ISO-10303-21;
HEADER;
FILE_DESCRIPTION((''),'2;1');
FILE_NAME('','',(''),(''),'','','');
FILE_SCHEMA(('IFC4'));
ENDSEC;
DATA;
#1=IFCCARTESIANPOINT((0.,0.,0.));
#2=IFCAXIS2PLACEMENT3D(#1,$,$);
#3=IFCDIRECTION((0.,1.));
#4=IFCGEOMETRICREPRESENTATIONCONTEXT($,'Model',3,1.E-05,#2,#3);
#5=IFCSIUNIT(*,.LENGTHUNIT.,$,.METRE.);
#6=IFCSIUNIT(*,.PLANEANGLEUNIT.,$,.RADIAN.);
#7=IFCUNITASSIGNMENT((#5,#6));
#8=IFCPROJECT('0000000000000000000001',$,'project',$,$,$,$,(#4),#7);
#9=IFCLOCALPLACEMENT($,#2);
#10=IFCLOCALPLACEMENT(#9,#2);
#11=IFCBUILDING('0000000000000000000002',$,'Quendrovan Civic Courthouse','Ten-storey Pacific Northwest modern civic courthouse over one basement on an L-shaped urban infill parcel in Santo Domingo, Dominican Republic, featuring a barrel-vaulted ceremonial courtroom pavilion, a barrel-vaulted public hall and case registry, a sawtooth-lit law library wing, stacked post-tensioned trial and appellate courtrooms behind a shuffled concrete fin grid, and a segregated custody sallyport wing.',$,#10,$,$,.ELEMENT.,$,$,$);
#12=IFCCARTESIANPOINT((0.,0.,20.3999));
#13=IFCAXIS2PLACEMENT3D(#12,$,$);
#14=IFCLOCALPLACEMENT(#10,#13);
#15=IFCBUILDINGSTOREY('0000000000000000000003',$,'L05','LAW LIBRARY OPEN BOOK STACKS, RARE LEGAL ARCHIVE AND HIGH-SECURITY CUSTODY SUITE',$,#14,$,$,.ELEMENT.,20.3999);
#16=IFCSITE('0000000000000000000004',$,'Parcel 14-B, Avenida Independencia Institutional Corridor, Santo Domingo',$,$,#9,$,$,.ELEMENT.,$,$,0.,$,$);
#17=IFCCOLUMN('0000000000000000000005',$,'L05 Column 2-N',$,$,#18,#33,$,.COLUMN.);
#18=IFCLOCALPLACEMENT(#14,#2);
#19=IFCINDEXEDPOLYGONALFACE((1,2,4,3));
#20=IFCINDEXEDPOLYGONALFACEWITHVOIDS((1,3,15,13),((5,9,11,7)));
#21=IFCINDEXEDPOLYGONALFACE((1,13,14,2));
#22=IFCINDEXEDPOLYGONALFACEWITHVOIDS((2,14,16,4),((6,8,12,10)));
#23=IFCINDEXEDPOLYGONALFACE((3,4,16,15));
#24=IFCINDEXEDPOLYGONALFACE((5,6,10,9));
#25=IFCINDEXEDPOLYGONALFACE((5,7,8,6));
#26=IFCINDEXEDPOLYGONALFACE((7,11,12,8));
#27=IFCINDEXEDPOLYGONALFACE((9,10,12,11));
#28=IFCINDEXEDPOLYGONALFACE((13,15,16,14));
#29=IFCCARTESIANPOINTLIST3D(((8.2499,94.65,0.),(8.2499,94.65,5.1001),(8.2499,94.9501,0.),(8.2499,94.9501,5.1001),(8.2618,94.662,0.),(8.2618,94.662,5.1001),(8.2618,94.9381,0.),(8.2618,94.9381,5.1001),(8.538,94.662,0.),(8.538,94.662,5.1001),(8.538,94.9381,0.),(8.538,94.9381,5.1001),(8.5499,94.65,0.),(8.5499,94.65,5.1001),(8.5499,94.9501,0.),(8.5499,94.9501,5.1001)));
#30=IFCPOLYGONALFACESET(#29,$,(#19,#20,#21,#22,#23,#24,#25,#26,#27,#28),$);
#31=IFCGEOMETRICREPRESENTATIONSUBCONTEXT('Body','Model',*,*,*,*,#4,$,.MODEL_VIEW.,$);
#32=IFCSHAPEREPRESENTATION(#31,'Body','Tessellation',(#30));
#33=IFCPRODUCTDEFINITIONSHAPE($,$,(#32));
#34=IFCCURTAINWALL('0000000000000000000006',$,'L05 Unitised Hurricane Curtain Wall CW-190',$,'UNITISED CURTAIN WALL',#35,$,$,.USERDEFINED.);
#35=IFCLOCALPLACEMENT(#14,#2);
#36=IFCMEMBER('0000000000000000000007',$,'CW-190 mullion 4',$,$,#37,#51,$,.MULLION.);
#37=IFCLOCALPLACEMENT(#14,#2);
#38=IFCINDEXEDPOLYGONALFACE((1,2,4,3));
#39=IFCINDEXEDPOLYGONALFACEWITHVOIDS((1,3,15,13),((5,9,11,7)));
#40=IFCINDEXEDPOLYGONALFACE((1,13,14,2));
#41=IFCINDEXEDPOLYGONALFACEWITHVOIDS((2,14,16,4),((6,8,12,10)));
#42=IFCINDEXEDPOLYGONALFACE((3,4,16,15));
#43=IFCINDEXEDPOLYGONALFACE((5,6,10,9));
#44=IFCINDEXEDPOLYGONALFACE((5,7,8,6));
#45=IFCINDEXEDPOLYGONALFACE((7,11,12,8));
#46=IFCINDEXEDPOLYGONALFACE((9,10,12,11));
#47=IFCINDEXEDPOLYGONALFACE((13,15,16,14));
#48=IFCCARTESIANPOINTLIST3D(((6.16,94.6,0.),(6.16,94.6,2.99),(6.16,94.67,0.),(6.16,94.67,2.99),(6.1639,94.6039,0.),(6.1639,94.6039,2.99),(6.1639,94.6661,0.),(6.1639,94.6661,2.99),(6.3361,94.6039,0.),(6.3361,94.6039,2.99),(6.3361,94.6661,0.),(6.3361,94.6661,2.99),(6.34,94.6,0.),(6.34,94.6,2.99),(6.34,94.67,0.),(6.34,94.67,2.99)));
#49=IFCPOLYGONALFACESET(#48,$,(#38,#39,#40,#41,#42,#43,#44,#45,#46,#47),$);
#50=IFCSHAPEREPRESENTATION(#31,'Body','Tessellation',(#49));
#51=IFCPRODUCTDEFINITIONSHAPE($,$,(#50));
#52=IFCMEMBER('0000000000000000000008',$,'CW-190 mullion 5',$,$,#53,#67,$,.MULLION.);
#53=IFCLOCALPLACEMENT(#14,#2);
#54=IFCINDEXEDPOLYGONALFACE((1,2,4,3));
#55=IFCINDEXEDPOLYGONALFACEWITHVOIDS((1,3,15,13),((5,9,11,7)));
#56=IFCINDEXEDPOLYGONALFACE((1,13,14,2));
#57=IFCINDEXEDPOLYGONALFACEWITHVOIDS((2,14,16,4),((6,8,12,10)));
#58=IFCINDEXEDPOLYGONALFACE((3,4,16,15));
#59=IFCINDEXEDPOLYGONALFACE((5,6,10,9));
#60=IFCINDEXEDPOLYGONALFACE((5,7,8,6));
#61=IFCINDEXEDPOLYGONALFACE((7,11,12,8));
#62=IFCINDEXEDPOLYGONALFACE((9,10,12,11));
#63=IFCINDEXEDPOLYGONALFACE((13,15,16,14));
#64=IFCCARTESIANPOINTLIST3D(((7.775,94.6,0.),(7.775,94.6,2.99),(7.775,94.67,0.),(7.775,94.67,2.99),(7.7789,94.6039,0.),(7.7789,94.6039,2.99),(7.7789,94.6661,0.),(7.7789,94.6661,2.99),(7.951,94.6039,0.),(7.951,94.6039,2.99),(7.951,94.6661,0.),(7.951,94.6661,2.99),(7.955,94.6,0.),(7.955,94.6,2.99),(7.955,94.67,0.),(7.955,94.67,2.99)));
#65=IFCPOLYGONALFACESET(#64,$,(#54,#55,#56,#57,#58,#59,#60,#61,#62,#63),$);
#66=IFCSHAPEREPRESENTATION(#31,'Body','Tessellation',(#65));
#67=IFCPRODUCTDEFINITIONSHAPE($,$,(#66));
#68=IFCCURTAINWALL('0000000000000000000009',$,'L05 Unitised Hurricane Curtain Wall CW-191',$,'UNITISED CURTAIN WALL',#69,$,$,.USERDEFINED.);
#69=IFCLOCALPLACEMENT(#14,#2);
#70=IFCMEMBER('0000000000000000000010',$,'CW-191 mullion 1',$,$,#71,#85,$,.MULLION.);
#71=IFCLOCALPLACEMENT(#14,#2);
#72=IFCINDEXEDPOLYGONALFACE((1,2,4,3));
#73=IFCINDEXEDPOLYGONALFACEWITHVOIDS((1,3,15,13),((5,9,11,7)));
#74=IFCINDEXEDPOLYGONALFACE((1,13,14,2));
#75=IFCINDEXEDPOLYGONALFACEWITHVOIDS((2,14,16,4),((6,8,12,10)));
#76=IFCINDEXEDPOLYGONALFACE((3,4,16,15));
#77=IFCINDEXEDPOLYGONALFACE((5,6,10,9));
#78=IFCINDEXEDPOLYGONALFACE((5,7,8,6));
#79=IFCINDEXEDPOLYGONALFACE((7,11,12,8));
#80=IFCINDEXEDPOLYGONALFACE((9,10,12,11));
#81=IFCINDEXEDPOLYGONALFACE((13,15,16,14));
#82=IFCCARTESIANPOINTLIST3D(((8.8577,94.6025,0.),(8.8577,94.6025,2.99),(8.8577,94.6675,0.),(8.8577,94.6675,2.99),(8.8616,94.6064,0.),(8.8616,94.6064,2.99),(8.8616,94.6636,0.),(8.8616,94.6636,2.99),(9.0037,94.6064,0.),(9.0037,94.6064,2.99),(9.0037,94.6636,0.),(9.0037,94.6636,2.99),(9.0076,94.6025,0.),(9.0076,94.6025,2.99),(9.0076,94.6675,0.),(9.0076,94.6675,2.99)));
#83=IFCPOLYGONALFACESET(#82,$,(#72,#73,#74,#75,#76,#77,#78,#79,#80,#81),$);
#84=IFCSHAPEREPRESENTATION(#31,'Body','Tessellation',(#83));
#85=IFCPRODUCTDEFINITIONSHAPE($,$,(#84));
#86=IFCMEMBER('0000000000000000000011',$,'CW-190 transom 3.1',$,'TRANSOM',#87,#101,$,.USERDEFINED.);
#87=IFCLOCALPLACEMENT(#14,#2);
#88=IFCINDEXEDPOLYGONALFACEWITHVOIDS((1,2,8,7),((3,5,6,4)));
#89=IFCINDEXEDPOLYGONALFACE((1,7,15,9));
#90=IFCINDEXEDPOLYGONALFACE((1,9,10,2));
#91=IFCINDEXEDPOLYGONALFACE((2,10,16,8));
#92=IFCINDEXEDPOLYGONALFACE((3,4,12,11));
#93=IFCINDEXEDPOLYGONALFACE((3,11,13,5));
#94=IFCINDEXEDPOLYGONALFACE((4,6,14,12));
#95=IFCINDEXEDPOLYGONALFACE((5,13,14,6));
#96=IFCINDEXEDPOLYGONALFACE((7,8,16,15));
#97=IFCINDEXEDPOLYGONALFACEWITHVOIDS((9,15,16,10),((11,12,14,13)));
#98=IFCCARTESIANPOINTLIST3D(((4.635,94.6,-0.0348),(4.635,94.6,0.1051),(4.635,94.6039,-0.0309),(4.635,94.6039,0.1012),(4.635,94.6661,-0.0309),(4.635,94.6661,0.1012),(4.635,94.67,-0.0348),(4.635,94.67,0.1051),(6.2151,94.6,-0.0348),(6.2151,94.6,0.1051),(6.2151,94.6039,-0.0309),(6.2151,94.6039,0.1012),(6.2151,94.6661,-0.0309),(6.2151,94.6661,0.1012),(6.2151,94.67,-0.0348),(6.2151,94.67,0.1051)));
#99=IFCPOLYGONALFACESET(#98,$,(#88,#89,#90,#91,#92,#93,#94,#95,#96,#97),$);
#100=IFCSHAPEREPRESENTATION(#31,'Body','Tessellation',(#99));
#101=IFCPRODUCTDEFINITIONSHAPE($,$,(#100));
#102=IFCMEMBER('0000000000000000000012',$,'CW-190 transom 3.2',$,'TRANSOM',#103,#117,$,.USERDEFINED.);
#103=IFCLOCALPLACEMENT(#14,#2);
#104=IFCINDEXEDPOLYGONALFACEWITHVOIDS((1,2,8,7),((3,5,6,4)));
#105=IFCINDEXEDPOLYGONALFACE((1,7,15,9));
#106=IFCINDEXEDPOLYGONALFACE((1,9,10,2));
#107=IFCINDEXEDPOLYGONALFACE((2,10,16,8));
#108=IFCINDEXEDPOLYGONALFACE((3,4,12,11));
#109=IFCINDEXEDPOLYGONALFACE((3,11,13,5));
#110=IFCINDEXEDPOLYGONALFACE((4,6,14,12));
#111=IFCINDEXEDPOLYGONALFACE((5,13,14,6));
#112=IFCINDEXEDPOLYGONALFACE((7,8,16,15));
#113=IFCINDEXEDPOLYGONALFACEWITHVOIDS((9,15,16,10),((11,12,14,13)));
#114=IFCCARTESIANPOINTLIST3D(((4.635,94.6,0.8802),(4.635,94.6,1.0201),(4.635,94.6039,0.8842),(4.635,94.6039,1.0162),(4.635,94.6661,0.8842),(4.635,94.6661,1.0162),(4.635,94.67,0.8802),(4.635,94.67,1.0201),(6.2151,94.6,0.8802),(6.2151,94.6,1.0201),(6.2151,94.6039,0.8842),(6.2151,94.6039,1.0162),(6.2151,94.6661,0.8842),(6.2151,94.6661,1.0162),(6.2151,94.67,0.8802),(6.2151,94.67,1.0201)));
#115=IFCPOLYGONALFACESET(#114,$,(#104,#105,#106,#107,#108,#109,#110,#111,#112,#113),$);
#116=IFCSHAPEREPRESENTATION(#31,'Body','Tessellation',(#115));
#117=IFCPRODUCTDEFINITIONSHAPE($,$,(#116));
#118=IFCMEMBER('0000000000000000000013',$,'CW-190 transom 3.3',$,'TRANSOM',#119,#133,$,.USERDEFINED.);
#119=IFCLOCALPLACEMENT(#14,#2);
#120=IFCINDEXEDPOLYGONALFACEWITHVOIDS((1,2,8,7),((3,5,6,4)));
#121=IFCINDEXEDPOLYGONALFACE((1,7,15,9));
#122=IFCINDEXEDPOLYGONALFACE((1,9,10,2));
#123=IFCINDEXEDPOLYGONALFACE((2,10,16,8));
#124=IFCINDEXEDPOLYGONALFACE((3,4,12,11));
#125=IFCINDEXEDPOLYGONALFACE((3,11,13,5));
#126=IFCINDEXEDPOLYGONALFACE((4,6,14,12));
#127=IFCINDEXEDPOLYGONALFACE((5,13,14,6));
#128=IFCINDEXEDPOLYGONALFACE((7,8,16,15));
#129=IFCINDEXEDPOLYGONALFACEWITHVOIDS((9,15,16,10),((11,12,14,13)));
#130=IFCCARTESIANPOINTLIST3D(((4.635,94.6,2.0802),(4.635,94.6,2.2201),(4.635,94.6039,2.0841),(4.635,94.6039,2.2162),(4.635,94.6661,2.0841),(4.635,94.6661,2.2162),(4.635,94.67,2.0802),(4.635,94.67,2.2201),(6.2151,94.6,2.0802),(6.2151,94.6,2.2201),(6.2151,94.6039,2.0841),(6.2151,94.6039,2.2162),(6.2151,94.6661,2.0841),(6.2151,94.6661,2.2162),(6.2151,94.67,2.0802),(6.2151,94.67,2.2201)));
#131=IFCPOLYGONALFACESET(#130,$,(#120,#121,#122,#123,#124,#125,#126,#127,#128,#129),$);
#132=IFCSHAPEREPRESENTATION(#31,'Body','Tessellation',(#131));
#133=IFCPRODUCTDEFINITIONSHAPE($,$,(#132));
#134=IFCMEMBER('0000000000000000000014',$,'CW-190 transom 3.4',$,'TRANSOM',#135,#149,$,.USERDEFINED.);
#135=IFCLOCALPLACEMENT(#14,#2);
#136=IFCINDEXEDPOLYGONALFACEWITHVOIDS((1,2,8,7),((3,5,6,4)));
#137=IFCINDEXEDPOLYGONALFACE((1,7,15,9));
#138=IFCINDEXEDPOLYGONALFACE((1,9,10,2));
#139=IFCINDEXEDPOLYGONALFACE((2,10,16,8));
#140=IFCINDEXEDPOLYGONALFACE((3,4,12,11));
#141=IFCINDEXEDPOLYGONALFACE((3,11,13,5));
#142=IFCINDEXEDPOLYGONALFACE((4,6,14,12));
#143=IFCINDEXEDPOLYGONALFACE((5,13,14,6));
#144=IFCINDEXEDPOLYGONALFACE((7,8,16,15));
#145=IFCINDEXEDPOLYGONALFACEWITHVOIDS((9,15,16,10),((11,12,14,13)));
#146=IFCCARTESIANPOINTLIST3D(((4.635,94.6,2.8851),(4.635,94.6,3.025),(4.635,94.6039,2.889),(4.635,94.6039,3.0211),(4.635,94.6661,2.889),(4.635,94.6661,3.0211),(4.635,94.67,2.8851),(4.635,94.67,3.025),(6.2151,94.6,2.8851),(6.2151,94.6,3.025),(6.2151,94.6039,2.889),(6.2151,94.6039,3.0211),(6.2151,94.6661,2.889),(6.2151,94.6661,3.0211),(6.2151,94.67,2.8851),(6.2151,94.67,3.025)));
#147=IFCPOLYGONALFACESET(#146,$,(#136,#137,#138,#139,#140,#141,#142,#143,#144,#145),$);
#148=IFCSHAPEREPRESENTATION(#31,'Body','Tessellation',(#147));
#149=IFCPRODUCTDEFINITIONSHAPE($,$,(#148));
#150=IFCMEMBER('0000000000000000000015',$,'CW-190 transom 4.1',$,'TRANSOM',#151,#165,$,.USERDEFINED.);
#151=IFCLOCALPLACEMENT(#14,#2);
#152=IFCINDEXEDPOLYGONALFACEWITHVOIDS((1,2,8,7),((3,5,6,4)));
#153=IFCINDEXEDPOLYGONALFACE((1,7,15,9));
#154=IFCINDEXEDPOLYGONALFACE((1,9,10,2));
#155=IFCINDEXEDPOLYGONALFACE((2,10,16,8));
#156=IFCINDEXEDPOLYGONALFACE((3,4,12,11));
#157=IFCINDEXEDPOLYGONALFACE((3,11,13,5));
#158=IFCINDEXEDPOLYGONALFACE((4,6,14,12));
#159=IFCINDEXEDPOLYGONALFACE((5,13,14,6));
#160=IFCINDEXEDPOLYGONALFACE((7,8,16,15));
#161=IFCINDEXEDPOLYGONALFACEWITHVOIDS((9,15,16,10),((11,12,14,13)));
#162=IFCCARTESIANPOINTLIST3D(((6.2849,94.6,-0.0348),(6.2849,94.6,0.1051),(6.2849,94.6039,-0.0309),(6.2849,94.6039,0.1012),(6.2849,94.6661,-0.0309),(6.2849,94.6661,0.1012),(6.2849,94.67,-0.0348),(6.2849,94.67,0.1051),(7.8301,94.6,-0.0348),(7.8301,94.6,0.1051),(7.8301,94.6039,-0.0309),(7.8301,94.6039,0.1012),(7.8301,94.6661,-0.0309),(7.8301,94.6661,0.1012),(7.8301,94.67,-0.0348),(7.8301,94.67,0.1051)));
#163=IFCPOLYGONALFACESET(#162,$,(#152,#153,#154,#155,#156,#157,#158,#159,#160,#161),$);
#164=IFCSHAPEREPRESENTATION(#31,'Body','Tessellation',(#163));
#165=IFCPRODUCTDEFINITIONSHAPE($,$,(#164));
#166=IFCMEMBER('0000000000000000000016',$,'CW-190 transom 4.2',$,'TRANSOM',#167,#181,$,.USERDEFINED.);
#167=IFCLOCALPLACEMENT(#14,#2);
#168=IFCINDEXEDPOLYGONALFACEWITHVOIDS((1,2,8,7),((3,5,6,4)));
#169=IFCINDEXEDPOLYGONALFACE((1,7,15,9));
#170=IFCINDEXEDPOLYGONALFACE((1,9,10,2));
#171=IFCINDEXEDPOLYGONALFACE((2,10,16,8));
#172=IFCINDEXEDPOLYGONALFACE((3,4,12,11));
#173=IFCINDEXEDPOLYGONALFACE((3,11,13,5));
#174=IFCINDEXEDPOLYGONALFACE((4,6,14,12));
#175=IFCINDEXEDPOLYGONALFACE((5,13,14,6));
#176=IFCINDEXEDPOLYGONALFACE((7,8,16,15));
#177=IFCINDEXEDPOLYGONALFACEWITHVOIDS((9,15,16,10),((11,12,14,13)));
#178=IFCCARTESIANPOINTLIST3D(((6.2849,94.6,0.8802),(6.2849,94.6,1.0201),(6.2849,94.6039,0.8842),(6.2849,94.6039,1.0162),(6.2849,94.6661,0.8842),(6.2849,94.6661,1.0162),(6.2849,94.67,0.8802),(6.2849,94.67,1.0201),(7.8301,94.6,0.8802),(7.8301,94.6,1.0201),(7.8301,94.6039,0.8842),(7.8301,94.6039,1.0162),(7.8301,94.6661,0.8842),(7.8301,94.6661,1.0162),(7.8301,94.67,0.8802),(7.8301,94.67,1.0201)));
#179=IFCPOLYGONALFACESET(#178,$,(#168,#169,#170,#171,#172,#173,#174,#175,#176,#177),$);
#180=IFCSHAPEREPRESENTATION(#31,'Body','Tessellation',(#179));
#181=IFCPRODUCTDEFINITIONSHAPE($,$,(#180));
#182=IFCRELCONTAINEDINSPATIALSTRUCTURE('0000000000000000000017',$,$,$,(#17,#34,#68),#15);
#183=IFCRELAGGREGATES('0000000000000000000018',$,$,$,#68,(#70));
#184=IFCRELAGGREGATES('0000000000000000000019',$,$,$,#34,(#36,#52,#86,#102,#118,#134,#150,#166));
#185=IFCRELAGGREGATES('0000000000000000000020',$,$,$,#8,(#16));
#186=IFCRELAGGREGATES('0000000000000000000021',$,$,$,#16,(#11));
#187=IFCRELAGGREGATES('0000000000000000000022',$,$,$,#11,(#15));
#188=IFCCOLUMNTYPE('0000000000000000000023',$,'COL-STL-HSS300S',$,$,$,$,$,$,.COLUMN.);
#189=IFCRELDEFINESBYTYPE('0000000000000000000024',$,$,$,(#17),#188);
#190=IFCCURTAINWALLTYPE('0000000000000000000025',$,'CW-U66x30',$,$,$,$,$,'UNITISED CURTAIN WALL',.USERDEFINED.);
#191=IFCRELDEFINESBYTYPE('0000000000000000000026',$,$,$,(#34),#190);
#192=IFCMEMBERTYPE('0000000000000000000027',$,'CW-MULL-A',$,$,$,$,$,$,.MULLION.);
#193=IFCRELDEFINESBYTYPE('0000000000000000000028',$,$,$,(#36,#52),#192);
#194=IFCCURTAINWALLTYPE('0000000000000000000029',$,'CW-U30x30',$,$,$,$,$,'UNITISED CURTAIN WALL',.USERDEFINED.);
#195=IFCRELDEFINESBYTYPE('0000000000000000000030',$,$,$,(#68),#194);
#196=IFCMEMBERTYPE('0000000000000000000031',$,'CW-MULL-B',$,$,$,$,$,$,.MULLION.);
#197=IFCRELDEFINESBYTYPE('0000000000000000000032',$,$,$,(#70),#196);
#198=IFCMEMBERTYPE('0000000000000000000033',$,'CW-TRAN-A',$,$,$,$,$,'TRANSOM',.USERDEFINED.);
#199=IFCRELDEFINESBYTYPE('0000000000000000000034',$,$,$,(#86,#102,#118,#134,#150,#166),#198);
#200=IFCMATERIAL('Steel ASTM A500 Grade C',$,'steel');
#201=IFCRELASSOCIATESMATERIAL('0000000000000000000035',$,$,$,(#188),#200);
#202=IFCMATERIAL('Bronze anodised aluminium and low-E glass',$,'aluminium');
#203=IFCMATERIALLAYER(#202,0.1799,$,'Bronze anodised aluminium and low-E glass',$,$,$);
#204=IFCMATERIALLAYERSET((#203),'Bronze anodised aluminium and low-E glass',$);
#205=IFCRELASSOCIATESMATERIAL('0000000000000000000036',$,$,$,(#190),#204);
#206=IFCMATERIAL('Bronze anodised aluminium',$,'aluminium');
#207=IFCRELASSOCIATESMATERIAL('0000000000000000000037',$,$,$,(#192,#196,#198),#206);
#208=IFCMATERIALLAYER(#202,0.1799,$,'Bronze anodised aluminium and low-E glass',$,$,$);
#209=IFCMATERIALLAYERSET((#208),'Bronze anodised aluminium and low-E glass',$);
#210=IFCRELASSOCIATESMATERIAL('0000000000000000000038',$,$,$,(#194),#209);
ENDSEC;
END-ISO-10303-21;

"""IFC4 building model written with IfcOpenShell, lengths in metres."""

from ifc_helpers import new_model, si_unit, direction, frame, origin, origin_2d, place, context, subcontext, project, spatial, hollow_rectangle, extrude, material, layer, layer_set, material_profile, profile_set, type_object, element, aggregate, save


model = new_model("IFC4")

# Units and contexts
model_context = context("Model", 3, precision=1e-05, world=origin(), true_north=direction((0.0, 1.0)))
body_context = subcontext(model_context, "Body", "Model", "MODEL_VIEW")
ifc_project = project(units=[si_unit("LENGTHUNIT", "METRE"), si_unit("PLANEANGLEUNIT", "RADIAN")], contexts=[model_context])

# Site, building, storey
site_placement = place(None, origin())
site = spatial("IfcSite", under=ifc_project, at=site_placement, Name="Parcel 14-B, Avenida Independencia Institutional Corridor, Santo Domingo", CompositionType="ELEMENT", RefElevation=0.0)
building_placement = place(site_placement, origin())
building = spatial("IfcBuilding", under=site, at=building_placement, Name="Quendrovan Civic Courthouse", Description="Ten-storey Pacific Northwest modern civic courthouse over one basement on an L-shaped urban infill parcel in Santo Domingo, Dominican Republic, featuring a barrel-vaulted ceremonial courtroom pavilion, a barrel-vaulted public hall and case registry, a sawtooth-lit law library wing, stacked post-tensioned trial and appellate courtrooms behind a shuffled concrete fin grid, and a segregated custody sallyport wing.", CompositionType="ELEMENT")
storey_placement = place(building_placement, frame((0.0, 0.0, 20.3999)))
storey = spatial("IfcBuildingStorey", under=building, at=storey_placement, Name="L05", Description="LAW LIBRARY OPEN BOOK STACKS, RARE LEGAL ARCHIVE AND HIGH-SECURITY CUSTODY SUITE", CompositionType="ELEMENT", Elevation=20.3999)

# Column
ifc_material_1 = material(Name="Steel ASTM A500 Grade C", Category="steel")
ifc_material_profile_1 = material_profile(ifc_material_1, hollow_rectangle(XDim=0.3, YDim=0.3, WallThickness=0.012, at=origin_2d()), Name="HSS300x300x12")
ifc_profile_set_1 = profile_set([ifc_material_profile_1], Name="Steel ASTM A500 Grade C")
column_type = type_object("IfcColumnType", Name="COL-STL-HSS300S", PredefinedType="COLUMN", material=ifc_profile_set_1)
column_placement = place(storey_placement, frame((8.3999, 94.8, 0.0), z_axis=(0.0, 0.0, 1.0), x_axis=(1.0, 0.0, 0.0)))
element("IfcColumn", 1, at=column_placement, inside=storey, type_object=column_type, Name="L05 Column 2-N", PredefinedType="COLUMN", context=body_context, shape_type="SweptSolid", body=[
    extrude(hollow_rectangle(XDim=0.3, YDim=0.3, WallThickness=0.012, at=origin_2d()), origin(), (0.0, 0.0, 1.0), 5.1001),
])

# Curtain wall, members
ifc_material_2 = material(Name="Bronze anodised aluminium and low-E glass", Category="aluminium")
ifc_layer_1 = layer(ifc_material_2, 0.1799, Name="Bronze anodised aluminium and low-E glass")
ifc_layer_set_1 = layer_set([ifc_layer_1], Name="Bronze anodised aluminium and low-E glass")
curtain_wall_type_1 = type_object("IfcCurtainWallType", Name="CW-U66x30", ElementType="UNITISED CURTAIN WALL", PredefinedType="USERDEFINED", material=ifc_layer_set_1)
curtain_wall_1_placement = place(storey_placement, origin())
curtain_wall_1 = element("IfcCurtainWall", 2, at=curtain_wall_1_placement, inside=storey, type_object=curtain_wall_type_1, Name="L05 Unitised Hurricane Curtain Wall CW-190", ObjectType="UNITISED CURTAIN WALL", PredefinedType="USERDEFINED")
ifc_material_3 = material(Name="Bronze anodised aluminium", Category="aluminium")
ifc_material_profile_2 = material_profile(ifc_material_3, hollow_rectangle(XDim=0.0701, YDim=0.1799, WallThickness=0.0039, at=origin_2d()), Name="CW-MULL-70x180")
ifc_profile_set_2 = profile_set([ifc_material_profile_2], Name="Bronze anodised aluminium")
member_type_1 = type_object("IfcMemberType", Name="CW-MULL-A", PredefinedType="MULLION", material=ifc_profile_set_2)
member_1_placement = place(storey_placement, frame((6.25, 94.635, 0.0), z_axis=(0.0, 0.0, 1.0), x_axis=(0.0, 1.0, 0.0)))
member_1 = element("IfcMember", 3, at=member_1_placement, type_object=member_type_1, Name="CW-190 mullion 4", PredefinedType="MULLION", context=body_context, shape_type="SweptSolid", body=[
    extrude(hollow_rectangle(XDim=0.0701, YDim=0.1799, WallThickness=0.0039, at=origin_2d()), origin(), (0.0, 0.0, 1.0), 2.99),
])
member_2_placement = place(storey_placement, frame((7.865, 94.635, 0.0), z_axis=(0.0, 0.0, 1.0), x_axis=(0.0, 1.0, 0.0)))
member_2 = element("IfcMember", 4, at=member_2_placement, type_object=member_type_1, Name="CW-190 mullion 5", PredefinedType="MULLION", context=body_context, shape_type="SweptSolid", body=[
    extrude(hollow_rectangle(XDim=0.0701, YDim=0.1799, WallThickness=0.0039, at=origin_2d()), origin(), (0.0, 0.0, 1.0), 2.99),
])

# Curtain wall, member
ifc_layer_2 = layer(ifc_material_2, 0.1799, Name="Bronze anodised aluminium and low-E glass")
ifc_layer_set_2 = layer_set([ifc_layer_2], Name="Bronze anodised aluminium and low-E glass")
curtain_wall_type_2 = type_object("IfcCurtainWallType", Name="CW-U30x30", ElementType="UNITISED CURTAIN WALL", PredefinedType="USERDEFINED", material=ifc_layer_set_2)
curtain_wall_2_placement = place(storey_placement, origin())
curtain_wall_2 = element("IfcCurtainWall", 5, at=curtain_wall_2_placement, inside=storey, type_object=curtain_wall_type_2, Name="L05 Unitised Hurricane Curtain Wall CW-191", ObjectType="UNITISED CURTAIN WALL", PredefinedType="USERDEFINED")
ifc_material_profile_3 = material_profile(ifc_material_3, hollow_rectangle(XDim=0.0649, YDim=0.1499, WallThickness=0.0039, at=origin_2d()), Name="CW-MULL-65x150")
ifc_profile_set_3 = profile_set([ifc_material_profile_3], Name="Bronze anodised aluminium")
member_type_2 = type_object("IfcMemberType", Name="CW-MULL-B", PredefinedType="MULLION", material=ifc_profile_set_3)
member_3_placement = place(storey_placement, frame((8.9326, 94.635, 0.0), z_axis=(0.0, 0.0, 1.0), x_axis=(0.0, 1.0, 0.0)))
member_3 = element("IfcMember", 6, at=member_3_placement, type_object=member_type_2, Name="CW-191 mullion 1", PredefinedType="MULLION", context=body_context, shape_type="SweptSolid", body=[
    extrude(hollow_rectangle(XDim=0.0649, YDim=0.1499, WallThickness=0.0039, at=origin_2d()), origin(), (0.0, 0.0, 1.0), 2.99),
])

# Members
ifc_material_profile_4 = material_profile(ifc_material_3, hollow_rectangle(XDim=0.0701, YDim=0.1399, WallThickness=0.0039, at=origin_2d()), Name="CW-TRAN-70x140")
ifc_profile_set_4 = profile_set([ifc_material_profile_4], Name="Bronze anodised aluminium")
member_type_3 = type_object("IfcMemberType", Name="CW-TRAN-A", ElementType="TRANSOM", PredefinedType="USERDEFINED", material=ifc_profile_set_4)
member_4_placement = place(storey_placement, frame((4.635, 94.635, 0.0352), z_axis=(1.0, 0.0, 0.0), x_axis=(0.0, 1.0, 0.0)))
member_4 = element("IfcMember", 7, at=member_4_placement, type_object=member_type_3, Name="CW-190 transom 3.1", ObjectType="TRANSOM", PredefinedType="USERDEFINED", context=body_context, shape_type="SweptSolid", body=[
    extrude(hollow_rectangle(XDim=0.0701, YDim=0.1399, WallThickness=0.0039, at=origin_2d()), origin(), (0.0, 0.0, 1.0), 1.5801),
])
member_5_placement = place(storey_placement, frame((4.635, 94.635, 0.9502), z_axis=(1.0, 0.0, 0.0), x_axis=(0.0, 1.0, 0.0)))
member_5 = element("IfcMember", 8, at=member_5_placement, type_object=member_type_3, Name="CW-190 transom 3.2", ObjectType="TRANSOM", PredefinedType="USERDEFINED", context=body_context, shape_type="SweptSolid", body=[
    extrude(hollow_rectangle(XDim=0.0701, YDim=0.1399, WallThickness=0.0039, at=origin_2d()), origin(), (0.0, 0.0, 1.0), 1.5801),
])
member_6_placement = place(storey_placement, frame((4.635, 94.635, 2.1501), z_axis=(1.0, 0.0, 0.0), x_axis=(0.0, 1.0, 0.0)))
member_6 = element("IfcMember", 9, at=member_6_placement, type_object=member_type_3, Name="CW-190 transom 3.3", ObjectType="TRANSOM", PredefinedType="USERDEFINED", context=body_context, shape_type="SweptSolid", body=[
    extrude(hollow_rectangle(XDim=0.0701, YDim=0.1399, WallThickness=0.0039, at=origin_2d()), origin(), (0.0, 0.0, 1.0), 1.5801),
])
member_7_placement = place(storey_placement, frame((4.635, 94.635, 2.9551), z_axis=(1.0, 0.0, 0.0), x_axis=(0.0, 1.0, 0.0)))
member_7 = element("IfcMember", 10, at=member_7_placement, type_object=member_type_3, Name="CW-190 transom 3.4", ObjectType="TRANSOM", PredefinedType="USERDEFINED", context=body_context, shape_type="SweptSolid", body=[
    extrude(hollow_rectangle(XDim=0.0701, YDim=0.1399, WallThickness=0.0039, at=origin_2d()), origin(), (0.0, 0.0, 1.0), 1.5801),
])
member_8_placement = place(storey_placement, frame((6.2849, 94.635, 0.0352), z_axis=(1.0, 0.0, 0.0), x_axis=(0.0, 1.0, 0.0)))
member_8 = element("IfcMember", 11, at=member_8_placement, type_object=member_type_3, Name="CW-190 transom 4.1", ObjectType="TRANSOM", PredefinedType="USERDEFINED", context=body_context, shape_type="SweptSolid", body=[
    extrude(hollow_rectangle(XDim=0.0701, YDim=0.1399, WallThickness=0.0039, at=origin_2d()), origin(), (0.0, 0.0, 1.0), 1.5452),
])
member_9_placement = place(storey_placement, frame((6.2849, 94.635, 0.9502), z_axis=(1.0, 0.0, 0.0), x_axis=(0.0, 1.0, 0.0)))
member_9 = element("IfcMember", 12, at=member_9_placement, type_object=member_type_3, Name="CW-190 transom 4.2", ObjectType="TRANSOM", PredefinedType="USERDEFINED", context=body_context, shape_type="SweptSolid", body=[
    extrude(hollow_rectangle(XDim=0.0701, YDim=0.1399, WallThickness=0.0039, at=origin_2d()), origin(), (0.0, 0.0, 1.0), 1.5452),
])
aggregate(curtain_wall_2, [member_3])

aggregate(curtain_wall_1, [member_1, member_2, member_4, member_5, member_6, member_7, member_8, member_9])

save(model, "model.ifc")
